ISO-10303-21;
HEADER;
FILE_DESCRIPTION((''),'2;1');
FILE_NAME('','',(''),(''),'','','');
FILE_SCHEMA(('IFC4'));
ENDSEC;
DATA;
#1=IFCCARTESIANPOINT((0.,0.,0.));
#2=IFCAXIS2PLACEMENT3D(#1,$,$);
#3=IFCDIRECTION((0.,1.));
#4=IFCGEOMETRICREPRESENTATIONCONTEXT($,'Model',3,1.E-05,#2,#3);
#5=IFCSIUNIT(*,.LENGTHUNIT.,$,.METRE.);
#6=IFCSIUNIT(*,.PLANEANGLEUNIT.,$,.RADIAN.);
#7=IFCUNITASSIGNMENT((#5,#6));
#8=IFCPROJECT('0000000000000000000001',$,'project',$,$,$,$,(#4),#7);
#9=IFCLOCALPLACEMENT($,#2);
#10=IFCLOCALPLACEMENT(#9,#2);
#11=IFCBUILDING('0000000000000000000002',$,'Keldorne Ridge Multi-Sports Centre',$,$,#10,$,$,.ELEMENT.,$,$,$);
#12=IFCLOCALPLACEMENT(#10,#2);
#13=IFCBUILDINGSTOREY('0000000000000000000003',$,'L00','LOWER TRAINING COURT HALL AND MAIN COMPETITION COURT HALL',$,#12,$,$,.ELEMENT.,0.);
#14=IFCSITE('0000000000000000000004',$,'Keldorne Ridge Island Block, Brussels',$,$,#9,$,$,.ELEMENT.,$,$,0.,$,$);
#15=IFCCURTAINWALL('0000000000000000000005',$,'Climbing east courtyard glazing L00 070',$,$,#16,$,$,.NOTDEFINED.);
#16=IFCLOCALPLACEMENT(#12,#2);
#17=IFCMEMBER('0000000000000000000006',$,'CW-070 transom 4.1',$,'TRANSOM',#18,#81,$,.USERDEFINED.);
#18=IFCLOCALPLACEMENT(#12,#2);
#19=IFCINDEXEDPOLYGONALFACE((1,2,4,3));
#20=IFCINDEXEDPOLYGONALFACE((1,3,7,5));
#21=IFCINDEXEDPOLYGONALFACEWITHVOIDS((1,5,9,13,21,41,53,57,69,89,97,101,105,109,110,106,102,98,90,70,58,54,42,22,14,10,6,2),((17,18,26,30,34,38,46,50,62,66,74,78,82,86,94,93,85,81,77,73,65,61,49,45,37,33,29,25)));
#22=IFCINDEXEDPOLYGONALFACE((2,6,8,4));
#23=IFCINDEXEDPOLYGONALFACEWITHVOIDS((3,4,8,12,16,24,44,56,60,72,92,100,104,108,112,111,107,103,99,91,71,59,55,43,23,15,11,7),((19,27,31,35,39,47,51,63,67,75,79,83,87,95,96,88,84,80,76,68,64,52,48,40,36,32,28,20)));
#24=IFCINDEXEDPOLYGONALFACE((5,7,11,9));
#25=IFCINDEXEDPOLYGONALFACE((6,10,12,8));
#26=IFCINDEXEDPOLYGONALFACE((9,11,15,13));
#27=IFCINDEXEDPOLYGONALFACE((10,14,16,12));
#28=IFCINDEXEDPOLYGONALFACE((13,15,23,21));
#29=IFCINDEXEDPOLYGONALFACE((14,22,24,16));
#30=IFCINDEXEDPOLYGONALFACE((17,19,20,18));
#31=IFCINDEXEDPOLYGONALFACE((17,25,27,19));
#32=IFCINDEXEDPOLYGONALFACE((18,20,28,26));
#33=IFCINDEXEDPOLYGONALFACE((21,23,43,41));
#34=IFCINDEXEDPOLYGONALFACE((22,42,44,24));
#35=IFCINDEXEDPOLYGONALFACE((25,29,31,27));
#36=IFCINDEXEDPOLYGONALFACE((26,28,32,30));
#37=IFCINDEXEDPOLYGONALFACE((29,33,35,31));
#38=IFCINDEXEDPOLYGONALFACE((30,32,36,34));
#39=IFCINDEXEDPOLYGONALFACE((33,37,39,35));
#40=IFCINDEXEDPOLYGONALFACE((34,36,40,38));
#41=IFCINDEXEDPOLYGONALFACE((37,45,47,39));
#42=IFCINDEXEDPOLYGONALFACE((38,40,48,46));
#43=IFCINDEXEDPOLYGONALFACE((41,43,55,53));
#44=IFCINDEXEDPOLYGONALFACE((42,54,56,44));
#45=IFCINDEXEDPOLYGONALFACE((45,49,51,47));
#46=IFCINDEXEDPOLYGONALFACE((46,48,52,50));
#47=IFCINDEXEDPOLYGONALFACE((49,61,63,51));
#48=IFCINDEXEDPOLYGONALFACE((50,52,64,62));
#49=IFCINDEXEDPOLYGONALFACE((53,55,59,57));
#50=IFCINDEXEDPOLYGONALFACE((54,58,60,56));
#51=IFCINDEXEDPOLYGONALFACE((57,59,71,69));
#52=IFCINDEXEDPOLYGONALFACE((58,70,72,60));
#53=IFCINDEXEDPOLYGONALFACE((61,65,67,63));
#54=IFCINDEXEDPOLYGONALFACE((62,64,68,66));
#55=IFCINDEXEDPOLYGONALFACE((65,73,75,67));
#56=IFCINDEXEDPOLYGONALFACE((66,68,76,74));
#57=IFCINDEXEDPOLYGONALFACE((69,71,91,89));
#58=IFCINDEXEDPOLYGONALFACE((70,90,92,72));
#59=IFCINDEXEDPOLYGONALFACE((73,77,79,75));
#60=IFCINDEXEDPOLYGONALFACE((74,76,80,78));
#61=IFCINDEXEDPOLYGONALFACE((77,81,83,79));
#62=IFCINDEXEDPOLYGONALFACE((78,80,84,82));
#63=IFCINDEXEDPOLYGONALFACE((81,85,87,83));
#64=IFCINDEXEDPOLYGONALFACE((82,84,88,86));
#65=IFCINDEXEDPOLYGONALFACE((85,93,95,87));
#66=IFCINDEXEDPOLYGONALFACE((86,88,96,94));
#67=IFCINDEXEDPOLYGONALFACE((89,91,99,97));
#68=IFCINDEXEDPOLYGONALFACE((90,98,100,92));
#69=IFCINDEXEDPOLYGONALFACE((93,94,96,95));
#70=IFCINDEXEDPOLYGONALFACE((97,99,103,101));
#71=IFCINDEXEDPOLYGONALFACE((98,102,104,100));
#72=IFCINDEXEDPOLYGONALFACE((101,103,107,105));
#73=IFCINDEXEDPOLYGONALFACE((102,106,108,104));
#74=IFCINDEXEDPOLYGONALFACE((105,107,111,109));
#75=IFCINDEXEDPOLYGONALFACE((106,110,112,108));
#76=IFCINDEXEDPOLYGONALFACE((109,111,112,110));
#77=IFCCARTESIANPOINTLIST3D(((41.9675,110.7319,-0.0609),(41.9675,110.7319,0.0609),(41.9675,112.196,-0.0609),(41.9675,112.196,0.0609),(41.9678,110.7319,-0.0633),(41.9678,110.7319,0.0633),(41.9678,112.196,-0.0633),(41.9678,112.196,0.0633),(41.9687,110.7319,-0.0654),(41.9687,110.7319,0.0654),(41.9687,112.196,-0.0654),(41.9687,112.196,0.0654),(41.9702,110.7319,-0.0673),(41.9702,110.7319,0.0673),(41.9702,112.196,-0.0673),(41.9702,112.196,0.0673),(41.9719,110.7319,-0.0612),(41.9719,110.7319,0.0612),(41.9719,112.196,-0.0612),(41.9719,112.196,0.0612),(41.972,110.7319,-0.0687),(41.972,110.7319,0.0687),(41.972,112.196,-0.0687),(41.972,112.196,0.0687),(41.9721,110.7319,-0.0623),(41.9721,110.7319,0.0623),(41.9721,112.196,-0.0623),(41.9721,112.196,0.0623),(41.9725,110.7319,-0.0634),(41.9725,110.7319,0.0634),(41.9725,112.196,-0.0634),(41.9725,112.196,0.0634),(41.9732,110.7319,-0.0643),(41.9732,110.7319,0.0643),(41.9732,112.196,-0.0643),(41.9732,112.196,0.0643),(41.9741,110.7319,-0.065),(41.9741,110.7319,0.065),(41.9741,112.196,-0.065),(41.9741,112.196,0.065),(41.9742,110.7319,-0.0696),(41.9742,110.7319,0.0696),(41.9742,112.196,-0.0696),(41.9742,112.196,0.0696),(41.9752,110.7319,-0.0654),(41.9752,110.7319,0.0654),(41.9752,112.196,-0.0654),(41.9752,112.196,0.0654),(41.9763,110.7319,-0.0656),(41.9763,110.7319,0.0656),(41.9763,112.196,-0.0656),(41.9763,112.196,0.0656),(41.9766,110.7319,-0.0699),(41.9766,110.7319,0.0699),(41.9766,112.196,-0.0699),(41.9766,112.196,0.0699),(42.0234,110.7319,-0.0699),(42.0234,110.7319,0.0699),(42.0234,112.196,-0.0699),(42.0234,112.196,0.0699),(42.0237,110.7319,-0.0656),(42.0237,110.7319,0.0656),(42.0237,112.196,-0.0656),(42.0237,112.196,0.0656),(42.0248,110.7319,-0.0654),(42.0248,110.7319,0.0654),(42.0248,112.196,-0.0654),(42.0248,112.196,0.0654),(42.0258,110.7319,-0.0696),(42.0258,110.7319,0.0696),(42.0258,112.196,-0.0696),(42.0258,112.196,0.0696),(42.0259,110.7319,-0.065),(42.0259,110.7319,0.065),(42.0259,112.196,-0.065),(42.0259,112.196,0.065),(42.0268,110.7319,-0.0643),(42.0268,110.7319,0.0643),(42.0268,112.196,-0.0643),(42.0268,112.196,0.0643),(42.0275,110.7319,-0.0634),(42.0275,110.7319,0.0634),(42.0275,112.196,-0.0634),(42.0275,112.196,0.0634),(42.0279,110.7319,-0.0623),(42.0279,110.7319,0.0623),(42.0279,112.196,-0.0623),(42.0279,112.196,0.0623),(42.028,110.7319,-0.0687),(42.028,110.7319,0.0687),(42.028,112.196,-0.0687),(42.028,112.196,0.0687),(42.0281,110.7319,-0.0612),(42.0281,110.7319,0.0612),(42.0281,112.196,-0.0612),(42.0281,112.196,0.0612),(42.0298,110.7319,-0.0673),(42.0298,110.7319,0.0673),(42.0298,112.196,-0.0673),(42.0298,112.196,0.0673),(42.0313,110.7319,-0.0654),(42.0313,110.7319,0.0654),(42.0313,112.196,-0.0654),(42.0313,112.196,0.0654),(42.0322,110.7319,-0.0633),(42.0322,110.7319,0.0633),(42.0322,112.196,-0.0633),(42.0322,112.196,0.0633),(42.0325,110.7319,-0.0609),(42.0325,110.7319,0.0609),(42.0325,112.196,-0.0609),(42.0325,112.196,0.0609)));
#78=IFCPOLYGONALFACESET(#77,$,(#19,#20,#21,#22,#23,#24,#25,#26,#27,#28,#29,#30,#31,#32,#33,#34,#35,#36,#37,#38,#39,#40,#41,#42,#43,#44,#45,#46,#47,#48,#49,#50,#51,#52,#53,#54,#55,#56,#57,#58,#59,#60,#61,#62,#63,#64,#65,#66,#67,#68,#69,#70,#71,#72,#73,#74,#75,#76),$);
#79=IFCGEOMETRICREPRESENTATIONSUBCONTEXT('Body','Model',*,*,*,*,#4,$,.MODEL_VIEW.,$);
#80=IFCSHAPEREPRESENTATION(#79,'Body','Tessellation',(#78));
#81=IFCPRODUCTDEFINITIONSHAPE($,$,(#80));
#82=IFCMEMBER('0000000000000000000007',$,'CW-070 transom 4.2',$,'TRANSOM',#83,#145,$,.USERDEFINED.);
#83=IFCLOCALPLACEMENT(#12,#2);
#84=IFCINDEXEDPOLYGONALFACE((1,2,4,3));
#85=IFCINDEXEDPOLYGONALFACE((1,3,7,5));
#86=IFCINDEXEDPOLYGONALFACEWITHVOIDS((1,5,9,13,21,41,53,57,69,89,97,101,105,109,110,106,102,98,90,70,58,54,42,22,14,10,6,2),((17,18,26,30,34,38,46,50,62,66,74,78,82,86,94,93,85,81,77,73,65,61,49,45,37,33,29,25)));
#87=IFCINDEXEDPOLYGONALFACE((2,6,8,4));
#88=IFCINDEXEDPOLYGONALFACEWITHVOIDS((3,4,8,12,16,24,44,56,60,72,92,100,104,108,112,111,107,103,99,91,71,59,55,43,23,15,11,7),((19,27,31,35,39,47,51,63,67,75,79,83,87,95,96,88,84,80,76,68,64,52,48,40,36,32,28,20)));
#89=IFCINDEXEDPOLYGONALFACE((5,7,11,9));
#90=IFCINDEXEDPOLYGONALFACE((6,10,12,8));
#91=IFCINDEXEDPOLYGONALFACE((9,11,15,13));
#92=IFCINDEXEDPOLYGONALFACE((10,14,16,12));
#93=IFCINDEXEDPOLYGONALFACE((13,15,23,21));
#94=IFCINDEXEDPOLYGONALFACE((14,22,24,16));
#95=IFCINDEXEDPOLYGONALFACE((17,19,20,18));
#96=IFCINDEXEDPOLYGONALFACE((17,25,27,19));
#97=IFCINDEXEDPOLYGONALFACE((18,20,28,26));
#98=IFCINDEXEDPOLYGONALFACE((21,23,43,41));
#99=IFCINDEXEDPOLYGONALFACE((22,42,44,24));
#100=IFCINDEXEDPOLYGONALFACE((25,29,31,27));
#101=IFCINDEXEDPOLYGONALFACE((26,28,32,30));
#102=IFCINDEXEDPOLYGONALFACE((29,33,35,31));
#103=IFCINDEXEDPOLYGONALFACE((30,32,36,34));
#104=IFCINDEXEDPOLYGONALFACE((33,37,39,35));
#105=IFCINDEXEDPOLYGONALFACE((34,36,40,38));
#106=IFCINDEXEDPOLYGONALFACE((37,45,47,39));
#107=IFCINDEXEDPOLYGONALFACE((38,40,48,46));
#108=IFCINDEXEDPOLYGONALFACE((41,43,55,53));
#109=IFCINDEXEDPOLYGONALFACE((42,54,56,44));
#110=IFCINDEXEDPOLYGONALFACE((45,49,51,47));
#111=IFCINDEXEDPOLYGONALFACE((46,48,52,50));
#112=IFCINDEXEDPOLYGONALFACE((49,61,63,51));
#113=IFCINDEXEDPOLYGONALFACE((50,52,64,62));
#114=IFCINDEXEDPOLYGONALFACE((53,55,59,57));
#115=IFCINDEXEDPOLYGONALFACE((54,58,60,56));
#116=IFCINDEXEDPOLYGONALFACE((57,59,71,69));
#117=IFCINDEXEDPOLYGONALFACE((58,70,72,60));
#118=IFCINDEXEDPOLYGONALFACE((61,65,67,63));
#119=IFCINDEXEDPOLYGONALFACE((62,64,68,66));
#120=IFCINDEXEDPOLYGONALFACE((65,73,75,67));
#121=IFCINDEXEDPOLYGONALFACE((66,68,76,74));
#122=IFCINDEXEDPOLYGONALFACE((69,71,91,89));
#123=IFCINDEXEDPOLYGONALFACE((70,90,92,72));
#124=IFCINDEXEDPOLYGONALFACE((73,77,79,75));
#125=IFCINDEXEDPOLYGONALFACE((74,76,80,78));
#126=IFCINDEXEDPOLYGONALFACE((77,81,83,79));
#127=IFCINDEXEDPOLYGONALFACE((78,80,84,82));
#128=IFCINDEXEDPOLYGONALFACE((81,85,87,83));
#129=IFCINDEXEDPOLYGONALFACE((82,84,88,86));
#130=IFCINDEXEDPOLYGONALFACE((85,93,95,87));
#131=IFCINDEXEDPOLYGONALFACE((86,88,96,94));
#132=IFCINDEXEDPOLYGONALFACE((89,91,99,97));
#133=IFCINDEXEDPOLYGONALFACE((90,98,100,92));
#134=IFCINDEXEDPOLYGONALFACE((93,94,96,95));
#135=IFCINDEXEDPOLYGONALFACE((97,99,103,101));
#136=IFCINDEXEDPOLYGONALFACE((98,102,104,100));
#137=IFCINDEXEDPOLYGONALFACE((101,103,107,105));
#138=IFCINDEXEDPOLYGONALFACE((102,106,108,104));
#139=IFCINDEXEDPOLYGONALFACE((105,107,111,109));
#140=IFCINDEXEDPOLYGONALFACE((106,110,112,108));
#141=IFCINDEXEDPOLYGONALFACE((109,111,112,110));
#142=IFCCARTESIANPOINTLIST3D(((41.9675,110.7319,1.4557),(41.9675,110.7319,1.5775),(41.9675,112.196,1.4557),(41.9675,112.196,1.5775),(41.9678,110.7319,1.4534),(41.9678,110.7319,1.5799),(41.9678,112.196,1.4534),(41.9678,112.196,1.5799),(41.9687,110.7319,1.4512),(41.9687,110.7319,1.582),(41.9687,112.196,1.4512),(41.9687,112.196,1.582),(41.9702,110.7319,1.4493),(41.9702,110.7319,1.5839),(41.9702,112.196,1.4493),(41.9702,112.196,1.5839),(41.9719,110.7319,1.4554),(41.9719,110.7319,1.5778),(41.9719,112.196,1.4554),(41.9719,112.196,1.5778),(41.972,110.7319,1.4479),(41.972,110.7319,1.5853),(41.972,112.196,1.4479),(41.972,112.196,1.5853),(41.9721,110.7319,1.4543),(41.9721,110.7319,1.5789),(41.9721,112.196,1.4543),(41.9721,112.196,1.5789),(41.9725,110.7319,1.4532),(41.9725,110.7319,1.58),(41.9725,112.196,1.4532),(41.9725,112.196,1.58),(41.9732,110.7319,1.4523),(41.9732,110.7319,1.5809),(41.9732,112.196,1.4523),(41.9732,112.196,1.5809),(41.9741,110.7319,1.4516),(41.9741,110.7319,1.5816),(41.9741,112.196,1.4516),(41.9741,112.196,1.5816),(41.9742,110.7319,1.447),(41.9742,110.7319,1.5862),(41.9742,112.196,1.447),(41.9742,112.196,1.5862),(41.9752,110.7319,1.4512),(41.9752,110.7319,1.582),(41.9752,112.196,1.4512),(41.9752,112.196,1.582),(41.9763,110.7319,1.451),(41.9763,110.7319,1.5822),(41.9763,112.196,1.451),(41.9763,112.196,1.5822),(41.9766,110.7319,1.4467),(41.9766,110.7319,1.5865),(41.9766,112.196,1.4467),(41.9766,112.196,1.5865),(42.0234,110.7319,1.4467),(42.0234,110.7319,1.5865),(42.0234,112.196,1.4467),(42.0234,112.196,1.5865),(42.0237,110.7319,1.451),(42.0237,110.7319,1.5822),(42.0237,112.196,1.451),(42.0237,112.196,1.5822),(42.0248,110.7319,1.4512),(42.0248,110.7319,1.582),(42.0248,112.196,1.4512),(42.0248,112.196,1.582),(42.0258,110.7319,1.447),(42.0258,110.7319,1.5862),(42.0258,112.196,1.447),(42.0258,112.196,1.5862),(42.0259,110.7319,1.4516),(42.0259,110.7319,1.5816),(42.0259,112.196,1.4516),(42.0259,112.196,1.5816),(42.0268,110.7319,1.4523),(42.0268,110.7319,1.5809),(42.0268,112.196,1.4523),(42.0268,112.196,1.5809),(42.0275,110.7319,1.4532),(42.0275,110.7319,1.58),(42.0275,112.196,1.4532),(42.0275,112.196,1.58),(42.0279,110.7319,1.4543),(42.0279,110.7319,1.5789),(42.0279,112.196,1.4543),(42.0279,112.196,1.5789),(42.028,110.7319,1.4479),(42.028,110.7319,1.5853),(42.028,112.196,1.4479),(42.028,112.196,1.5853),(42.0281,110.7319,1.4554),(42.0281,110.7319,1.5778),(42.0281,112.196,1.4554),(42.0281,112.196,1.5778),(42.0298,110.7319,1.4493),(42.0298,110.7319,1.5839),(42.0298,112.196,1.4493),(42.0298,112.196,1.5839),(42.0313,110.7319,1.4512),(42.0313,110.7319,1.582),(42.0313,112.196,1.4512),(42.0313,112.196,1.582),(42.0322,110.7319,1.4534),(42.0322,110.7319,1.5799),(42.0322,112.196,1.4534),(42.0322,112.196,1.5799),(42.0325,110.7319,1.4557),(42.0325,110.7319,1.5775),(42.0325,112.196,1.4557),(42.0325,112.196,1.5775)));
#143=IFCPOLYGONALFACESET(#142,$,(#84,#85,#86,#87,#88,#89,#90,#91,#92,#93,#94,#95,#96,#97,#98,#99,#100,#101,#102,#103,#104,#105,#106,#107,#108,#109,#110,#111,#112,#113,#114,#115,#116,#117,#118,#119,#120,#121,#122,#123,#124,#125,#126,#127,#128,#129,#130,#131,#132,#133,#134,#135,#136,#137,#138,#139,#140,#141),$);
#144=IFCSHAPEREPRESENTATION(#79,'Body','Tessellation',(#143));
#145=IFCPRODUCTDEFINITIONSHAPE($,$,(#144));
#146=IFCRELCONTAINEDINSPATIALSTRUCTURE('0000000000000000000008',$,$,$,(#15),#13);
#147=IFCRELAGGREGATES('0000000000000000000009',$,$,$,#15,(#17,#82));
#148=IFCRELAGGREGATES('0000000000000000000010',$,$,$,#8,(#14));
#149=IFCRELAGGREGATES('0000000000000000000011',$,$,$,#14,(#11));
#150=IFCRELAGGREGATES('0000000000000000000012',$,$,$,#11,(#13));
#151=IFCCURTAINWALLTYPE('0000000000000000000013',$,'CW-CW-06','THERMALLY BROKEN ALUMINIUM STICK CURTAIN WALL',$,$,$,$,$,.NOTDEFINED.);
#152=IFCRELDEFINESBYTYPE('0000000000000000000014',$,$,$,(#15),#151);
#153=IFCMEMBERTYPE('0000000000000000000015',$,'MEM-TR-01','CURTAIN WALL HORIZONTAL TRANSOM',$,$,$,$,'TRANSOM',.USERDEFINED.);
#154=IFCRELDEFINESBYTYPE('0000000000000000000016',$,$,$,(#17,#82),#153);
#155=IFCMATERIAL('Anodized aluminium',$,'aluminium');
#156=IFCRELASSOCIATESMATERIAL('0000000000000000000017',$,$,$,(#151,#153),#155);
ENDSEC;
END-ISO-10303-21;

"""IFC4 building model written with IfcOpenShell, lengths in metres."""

from ifc_helpers import new_model, si_unit, direction, frame, origin, origin_2d, place, context, subcontext, project, spatial, hollow_rectangle, extrude, material, material_profile, profile_set, type_object, element, aggregate, save


model = new_model("IFC4")

# Units and contexts
model_context = context("Model", 3, precision=1e-05, world=origin(), true_north=direction((0.0, 1.0)))
body_context = subcontext(model_context, "Body", "Model", "MODEL_VIEW")
ifc_project = project(units=[si_unit("LENGTHUNIT", "METRE"), si_unit("PLANEANGLEUNIT", "RADIAN")], contexts=[model_context])

# Site, building, storey
site_placement = place(None, origin())
site = spatial("IfcSite", under=ifc_project, at=site_placement, Name="Keldorne Ridge Island Block, Brussels", CompositionType="ELEMENT", RefElevation=0.0)
building_placement = place(site_placement, origin())
building = spatial("IfcBuilding", under=site, at=building_placement, Name="Keldorne Ridge Multi-Sports Centre", CompositionType="ELEMENT")
storey_placement = place(building_placement, origin())
storey = spatial("IfcBuildingStorey", under=building, at=storey_placement, Name="L00", Description="LOWER TRAINING COURT HALL AND MAIN COMPETITION COURT HALL", CompositionType="ELEMENT", Elevation=0.0)

# Shared definitions
ifc_material_1 = material(Name="Anodized aluminium", Category="aluminium")

# Curtain wall, members
curtain_wall_type_1 = type_object("IfcCurtainWallType", Name="CW-CW-06", Description="THERMALLY BROKEN ALUMINIUM STICK CURTAIN WALL", PredefinedType="NOTDEFINED", material=ifc_material_1)
curtain_wall_1_placement = place(storey_placement, origin())
curtain_wall_1 = element("IfcCurtainWall", 1, at=curtain_wall_1_placement, inside=storey, type_object=curtain_wall_type_1, Name="Climbing east courtyard glazing L00 070", PredefinedType="NOTDEFINED")
ifc_material_profile_1 = material_profile(ifc_material_1, hollow_rectangle(XDim=0.0649, YDim=0.1399, WallThickness=0.0044, InnerFilletRadius=0.0044, OuterFilletRadius=0.009, at=origin_2d()), Name="ALU TRANSOM 140x65x4.5")
ifc_profile_set_1 = profile_set([ifc_material_profile_1], Name="Anodized aluminium")
member_type_1 = type_object("IfcMemberType", Name="MEM-TR-01", Description="CURTAIN WALL HORIZONTAL TRANSOM", ElementType="TRANSOM", PredefinedType="USERDEFINED", material=ifc_profile_set_1)
member_1_placement = place(storey_placement, frame((42.0, 110.7319, 0.0), z_axis=(0.0, 1.0, 0.0), x_axis=(-1.0, 0.0, 0.0)))
member_1 = element("IfcMember", 2, at=member_1_placement, type_object=member_type_1, Name="CW-070 transom 4.1", ObjectType="TRANSOM", PredefinedType="USERDEFINED", context=body_context, shape_type="SweptSolid", body=[
    extrude(hollow_rectangle(XDim=0.0649, YDim=0.1399, WallThickness=0.0044, InnerFilletRadius=0.0044, OuterFilletRadius=0.009, at=origin_2d()), origin(), (0.0, 0.0, 1.0), 1.4641),
])
member_2_placement = place(storey_placement, frame((42.0, 110.7319, 1.5166), z_axis=(0.0, 1.0, 0.0), x_axis=(-1.0, 0.0, 0.0)))
member_2 = element("IfcMember", 3, at=member_2_placement, type_object=member_type_1, Name="CW-070 transom 4.2", ObjectType="TRANSOM", PredefinedType="USERDEFINED", context=body_context, shape_type="SweptSolid", body=[
    extrude(hollow_rectangle(XDim=0.0649, YDim=0.1399, WallThickness=0.0044, InnerFilletRadius=0.0044, OuterFilletRadius=0.009, at=origin_2d()), origin(), (0.0, 0.0, 1.0), 1.4641),
])

aggregate(curtain_wall_1, [member_1, member_2])

save(model, "model.ifc")
